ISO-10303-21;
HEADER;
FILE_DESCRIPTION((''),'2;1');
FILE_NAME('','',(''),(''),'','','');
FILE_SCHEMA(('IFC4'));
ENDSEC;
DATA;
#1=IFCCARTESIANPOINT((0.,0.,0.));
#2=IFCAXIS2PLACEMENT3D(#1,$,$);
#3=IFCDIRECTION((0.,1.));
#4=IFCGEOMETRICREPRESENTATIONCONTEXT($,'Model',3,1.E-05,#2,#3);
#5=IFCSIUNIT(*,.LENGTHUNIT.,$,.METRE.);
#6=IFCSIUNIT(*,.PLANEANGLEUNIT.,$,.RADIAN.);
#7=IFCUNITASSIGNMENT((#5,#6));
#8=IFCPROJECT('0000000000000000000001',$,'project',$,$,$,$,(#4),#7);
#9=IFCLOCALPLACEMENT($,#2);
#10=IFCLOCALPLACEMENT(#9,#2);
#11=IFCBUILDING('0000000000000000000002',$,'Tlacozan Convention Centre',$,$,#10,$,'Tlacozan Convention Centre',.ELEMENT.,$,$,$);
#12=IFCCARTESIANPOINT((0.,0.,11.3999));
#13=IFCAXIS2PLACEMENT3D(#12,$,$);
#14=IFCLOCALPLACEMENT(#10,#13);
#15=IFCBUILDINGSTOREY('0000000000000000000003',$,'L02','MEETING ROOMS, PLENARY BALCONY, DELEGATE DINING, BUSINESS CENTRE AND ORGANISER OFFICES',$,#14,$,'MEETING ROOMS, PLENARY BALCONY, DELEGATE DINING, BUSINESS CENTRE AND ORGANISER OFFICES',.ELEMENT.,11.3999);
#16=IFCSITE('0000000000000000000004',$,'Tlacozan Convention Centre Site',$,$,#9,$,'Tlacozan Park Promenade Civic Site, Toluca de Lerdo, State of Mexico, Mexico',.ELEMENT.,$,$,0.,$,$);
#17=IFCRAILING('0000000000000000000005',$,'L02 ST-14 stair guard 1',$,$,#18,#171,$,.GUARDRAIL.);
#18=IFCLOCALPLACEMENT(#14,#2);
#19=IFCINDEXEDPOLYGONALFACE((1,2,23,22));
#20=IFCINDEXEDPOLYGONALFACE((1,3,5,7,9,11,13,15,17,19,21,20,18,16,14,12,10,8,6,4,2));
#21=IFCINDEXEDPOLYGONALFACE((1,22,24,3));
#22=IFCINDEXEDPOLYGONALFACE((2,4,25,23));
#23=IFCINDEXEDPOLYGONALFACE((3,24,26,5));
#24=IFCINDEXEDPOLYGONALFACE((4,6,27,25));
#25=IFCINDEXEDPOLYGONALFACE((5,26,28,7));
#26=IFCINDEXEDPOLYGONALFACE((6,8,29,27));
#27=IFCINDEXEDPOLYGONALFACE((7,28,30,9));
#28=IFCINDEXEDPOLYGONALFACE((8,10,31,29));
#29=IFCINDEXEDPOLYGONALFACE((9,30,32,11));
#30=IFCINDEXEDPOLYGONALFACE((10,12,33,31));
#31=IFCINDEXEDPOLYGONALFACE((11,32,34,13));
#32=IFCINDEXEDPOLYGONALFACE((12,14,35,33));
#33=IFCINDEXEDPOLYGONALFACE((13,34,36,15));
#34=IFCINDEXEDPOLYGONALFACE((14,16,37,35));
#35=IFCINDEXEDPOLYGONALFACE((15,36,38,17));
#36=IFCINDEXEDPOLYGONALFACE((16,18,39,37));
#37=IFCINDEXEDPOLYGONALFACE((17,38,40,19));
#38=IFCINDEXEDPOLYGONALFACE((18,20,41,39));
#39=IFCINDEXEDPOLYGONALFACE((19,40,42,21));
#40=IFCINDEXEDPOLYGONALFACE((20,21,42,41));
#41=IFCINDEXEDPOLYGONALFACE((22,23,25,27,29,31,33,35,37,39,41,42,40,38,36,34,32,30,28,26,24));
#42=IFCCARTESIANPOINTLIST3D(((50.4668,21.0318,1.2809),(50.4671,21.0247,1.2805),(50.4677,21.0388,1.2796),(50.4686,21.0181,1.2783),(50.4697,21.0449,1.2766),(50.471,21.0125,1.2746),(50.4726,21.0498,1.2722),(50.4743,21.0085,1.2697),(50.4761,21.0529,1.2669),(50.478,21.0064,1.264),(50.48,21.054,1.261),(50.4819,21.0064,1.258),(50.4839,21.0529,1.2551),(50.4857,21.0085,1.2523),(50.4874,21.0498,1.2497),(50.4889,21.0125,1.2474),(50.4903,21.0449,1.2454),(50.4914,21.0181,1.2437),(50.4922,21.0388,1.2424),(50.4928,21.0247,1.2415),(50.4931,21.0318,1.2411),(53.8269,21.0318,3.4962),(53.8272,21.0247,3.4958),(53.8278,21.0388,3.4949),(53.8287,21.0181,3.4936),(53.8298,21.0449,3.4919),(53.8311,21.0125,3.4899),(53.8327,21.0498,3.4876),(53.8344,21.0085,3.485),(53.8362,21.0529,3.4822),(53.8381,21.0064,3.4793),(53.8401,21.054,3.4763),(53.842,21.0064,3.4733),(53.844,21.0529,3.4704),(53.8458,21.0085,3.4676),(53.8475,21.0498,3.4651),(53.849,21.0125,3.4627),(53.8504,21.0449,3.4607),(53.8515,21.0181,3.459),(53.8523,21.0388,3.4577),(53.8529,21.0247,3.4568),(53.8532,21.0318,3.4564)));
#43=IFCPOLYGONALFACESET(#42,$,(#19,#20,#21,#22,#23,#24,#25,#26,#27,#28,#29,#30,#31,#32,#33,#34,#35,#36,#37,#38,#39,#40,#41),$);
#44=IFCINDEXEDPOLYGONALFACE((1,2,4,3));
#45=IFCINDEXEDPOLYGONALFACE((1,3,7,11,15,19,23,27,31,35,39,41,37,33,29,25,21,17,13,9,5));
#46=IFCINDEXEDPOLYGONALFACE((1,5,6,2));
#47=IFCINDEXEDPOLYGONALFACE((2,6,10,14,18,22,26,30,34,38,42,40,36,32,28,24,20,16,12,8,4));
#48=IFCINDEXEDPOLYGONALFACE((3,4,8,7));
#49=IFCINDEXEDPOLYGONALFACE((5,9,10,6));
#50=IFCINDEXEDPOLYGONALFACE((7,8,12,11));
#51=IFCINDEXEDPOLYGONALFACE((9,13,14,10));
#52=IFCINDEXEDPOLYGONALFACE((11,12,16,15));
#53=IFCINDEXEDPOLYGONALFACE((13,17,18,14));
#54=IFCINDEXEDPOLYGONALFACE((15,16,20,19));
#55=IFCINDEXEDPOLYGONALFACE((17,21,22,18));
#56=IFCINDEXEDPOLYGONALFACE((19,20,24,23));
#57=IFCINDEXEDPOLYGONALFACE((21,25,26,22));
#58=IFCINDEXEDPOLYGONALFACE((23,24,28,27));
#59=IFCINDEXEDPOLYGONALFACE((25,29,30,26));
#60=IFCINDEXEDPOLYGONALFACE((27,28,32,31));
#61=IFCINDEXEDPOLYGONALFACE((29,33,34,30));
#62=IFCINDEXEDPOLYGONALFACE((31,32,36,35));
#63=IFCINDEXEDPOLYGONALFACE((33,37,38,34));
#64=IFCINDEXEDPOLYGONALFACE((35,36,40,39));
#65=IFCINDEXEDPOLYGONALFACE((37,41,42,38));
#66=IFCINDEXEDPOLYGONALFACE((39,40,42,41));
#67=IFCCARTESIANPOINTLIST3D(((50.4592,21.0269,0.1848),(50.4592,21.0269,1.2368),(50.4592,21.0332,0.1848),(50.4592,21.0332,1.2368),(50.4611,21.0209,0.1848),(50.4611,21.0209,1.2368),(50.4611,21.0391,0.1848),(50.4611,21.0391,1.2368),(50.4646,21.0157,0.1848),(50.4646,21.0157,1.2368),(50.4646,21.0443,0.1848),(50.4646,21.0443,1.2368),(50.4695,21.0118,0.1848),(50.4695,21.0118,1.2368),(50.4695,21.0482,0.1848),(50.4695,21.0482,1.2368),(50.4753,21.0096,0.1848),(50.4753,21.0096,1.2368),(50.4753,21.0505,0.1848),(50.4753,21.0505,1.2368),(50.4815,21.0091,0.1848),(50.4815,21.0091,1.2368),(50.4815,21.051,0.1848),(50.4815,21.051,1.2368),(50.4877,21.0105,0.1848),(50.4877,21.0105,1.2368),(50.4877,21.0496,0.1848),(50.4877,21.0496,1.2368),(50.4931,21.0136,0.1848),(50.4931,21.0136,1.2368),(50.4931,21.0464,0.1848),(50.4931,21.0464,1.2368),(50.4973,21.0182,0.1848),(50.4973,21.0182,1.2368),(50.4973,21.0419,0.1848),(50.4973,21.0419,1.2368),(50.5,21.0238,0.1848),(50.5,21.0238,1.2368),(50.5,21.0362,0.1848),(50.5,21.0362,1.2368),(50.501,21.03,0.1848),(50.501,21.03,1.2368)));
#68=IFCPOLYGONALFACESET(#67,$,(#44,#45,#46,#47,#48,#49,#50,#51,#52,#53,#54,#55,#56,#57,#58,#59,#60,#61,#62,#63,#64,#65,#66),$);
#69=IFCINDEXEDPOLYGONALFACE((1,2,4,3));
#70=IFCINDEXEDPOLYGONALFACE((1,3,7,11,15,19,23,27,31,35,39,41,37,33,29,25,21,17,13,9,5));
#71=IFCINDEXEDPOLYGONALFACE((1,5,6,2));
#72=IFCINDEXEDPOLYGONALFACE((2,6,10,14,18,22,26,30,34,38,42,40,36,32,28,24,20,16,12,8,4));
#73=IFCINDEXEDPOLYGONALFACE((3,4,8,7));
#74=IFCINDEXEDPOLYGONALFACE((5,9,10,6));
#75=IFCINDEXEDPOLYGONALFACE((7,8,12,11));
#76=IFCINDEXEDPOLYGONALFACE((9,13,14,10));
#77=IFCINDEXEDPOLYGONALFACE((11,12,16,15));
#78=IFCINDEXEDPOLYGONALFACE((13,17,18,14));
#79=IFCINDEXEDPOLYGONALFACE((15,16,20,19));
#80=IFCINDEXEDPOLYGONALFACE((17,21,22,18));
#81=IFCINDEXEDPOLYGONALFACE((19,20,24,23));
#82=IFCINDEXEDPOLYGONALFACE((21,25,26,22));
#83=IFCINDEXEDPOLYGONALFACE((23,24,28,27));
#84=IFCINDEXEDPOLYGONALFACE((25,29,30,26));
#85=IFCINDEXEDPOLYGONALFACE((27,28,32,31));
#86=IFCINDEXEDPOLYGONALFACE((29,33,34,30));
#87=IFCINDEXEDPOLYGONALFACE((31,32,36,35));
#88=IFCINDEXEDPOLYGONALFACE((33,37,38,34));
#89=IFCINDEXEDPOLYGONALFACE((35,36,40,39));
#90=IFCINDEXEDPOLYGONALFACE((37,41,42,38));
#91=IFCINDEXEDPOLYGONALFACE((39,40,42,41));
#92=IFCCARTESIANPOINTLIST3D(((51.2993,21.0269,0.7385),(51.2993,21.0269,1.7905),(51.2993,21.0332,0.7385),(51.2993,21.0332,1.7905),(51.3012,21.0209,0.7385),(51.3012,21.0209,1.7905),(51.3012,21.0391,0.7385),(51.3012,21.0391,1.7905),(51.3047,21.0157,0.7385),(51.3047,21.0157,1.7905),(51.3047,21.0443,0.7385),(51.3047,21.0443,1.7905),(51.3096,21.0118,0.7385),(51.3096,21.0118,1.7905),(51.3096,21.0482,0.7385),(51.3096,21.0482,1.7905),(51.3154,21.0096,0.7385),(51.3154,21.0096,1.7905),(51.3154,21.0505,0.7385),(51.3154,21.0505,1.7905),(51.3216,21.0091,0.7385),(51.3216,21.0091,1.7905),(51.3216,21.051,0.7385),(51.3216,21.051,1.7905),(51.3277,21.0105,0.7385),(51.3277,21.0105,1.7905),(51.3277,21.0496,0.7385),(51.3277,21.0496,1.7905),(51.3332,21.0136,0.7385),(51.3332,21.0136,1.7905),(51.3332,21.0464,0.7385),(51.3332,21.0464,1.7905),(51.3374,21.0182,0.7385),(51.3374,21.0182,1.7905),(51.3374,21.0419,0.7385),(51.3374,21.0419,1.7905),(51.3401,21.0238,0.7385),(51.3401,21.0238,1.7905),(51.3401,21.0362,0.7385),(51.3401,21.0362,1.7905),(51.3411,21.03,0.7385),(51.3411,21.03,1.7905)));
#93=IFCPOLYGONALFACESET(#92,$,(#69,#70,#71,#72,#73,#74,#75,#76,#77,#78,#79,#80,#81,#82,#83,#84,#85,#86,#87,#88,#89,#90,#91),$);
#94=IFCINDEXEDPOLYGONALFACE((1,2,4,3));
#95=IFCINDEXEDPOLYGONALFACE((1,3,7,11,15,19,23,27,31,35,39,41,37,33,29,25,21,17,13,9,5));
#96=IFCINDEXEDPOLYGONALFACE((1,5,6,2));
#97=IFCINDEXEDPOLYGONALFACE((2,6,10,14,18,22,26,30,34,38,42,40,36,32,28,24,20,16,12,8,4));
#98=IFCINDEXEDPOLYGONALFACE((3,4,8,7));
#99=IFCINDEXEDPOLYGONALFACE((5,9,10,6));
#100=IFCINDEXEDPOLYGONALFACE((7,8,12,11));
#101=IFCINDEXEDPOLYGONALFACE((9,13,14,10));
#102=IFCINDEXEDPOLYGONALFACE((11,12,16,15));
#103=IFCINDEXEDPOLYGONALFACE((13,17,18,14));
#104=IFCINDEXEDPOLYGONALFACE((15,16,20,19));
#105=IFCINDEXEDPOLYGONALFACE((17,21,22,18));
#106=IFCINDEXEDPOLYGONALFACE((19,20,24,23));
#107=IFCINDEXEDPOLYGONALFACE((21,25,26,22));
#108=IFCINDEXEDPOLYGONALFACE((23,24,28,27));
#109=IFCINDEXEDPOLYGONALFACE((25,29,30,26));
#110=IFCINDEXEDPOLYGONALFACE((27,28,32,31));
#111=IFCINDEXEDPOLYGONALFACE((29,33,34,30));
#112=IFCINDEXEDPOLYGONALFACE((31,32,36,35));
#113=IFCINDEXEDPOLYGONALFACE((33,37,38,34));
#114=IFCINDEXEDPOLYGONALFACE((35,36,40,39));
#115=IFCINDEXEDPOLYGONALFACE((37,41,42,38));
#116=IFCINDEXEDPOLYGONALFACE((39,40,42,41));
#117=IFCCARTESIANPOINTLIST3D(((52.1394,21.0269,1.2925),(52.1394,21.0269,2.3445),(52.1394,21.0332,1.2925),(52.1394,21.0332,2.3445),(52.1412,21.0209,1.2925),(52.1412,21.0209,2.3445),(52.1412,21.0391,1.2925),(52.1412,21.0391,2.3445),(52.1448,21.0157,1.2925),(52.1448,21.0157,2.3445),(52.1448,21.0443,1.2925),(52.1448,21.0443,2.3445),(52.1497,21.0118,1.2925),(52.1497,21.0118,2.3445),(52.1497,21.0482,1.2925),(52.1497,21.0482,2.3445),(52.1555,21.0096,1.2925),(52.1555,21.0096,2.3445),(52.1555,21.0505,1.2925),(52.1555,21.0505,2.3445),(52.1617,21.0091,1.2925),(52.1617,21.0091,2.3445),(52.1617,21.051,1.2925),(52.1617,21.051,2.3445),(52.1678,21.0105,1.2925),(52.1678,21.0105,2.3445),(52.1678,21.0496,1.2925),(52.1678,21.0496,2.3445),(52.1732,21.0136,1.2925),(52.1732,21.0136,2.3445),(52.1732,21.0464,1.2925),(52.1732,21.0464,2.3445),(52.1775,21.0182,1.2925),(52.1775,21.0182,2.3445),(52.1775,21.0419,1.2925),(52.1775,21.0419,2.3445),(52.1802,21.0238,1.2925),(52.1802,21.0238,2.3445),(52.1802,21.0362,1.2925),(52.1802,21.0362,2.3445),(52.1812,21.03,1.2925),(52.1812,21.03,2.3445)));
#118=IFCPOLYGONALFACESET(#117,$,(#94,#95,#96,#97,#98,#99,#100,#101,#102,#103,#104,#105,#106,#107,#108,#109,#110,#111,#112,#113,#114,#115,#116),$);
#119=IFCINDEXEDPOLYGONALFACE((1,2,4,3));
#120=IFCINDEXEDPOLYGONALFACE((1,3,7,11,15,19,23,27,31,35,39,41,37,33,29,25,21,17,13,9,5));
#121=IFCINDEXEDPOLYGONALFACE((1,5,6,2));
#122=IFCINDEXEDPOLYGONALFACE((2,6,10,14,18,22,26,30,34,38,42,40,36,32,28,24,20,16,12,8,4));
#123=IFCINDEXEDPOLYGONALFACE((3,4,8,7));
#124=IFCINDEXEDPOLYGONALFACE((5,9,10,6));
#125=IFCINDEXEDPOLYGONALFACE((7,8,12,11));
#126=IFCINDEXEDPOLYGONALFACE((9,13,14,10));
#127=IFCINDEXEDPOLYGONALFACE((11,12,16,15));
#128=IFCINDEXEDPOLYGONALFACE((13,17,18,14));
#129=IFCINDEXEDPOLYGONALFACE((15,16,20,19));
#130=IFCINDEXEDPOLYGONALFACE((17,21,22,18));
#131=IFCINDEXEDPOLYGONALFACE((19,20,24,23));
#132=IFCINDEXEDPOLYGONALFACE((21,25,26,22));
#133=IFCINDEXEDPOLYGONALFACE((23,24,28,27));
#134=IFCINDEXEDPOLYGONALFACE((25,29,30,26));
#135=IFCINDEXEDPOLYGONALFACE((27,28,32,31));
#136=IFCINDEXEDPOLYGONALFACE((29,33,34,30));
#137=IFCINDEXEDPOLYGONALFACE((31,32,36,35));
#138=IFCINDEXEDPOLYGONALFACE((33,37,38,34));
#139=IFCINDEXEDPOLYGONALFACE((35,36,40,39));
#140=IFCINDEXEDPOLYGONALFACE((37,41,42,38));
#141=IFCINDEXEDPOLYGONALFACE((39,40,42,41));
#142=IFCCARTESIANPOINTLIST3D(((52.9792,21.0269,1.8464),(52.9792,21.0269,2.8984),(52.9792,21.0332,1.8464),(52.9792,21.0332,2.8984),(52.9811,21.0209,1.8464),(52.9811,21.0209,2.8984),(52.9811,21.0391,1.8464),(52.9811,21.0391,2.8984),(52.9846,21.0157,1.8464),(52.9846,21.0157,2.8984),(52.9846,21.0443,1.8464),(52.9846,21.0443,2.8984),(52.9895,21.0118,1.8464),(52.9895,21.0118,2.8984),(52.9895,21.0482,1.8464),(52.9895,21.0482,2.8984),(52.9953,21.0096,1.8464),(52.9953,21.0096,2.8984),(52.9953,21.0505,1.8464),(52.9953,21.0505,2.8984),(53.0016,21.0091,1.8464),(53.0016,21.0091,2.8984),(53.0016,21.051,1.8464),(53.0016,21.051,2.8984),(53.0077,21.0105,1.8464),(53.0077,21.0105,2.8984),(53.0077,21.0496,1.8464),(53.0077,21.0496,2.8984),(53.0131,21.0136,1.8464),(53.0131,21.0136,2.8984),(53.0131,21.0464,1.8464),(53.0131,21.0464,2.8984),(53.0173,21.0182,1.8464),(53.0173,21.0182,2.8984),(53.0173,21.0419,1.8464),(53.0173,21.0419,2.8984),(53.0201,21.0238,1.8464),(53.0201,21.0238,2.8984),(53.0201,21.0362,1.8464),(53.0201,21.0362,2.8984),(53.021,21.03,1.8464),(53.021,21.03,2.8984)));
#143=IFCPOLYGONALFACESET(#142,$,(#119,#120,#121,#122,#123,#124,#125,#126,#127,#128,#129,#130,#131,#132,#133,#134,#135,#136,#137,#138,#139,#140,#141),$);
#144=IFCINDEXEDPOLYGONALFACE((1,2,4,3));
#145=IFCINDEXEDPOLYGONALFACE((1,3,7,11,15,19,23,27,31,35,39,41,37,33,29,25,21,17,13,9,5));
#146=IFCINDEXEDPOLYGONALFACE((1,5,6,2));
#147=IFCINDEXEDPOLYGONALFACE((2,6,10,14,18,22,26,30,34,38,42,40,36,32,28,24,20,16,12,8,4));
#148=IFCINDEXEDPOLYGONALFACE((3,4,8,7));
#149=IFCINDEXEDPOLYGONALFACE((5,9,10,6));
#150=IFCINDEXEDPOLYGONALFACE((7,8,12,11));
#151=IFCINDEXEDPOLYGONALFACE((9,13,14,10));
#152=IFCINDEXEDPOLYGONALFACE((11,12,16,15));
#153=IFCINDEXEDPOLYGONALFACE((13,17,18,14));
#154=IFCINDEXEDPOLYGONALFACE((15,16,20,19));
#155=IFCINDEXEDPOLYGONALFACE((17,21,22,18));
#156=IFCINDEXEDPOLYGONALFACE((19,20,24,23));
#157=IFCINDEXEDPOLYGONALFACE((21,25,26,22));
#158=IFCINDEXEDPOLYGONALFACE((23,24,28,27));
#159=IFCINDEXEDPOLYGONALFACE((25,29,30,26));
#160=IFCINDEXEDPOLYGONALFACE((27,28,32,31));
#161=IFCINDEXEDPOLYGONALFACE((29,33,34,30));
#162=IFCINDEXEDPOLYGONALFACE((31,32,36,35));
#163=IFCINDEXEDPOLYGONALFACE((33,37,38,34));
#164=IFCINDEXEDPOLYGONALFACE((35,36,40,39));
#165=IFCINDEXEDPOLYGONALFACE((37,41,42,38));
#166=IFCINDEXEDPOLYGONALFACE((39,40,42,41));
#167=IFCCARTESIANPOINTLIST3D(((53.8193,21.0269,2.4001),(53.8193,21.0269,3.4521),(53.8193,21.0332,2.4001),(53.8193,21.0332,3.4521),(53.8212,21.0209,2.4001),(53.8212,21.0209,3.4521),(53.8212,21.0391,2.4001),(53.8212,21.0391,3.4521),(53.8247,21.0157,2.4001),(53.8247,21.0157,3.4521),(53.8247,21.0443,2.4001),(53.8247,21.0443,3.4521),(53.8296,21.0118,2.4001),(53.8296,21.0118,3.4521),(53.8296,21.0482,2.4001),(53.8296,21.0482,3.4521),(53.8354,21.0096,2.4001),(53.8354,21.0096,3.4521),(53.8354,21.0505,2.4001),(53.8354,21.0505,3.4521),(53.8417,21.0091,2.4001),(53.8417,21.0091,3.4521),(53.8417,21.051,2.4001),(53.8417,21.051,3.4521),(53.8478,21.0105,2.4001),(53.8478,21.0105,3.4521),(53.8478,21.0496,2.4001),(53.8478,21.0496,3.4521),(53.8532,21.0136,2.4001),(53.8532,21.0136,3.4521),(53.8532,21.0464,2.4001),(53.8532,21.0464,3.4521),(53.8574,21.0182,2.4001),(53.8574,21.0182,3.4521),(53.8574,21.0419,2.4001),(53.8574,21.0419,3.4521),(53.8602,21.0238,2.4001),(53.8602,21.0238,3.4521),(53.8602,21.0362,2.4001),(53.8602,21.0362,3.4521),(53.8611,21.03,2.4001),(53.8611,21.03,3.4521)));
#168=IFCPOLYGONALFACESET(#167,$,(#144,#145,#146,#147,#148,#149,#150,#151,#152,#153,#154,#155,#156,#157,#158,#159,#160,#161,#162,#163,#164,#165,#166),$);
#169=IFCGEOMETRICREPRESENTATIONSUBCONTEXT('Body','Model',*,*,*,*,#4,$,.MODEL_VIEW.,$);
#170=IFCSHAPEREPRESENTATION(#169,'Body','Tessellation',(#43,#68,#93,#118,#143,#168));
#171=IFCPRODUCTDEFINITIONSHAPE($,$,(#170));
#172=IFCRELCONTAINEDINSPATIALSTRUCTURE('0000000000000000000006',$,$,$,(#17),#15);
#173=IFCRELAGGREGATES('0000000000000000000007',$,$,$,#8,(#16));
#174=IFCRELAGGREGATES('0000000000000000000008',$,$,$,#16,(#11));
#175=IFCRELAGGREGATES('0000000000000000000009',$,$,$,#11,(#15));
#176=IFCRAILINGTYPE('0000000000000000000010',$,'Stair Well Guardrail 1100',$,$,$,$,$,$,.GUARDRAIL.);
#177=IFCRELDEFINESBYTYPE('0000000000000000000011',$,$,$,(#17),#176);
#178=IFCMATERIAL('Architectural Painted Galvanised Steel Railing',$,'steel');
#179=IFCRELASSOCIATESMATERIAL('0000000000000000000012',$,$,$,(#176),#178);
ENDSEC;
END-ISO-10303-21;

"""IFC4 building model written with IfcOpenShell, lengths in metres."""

from ifc_helpers import new_model, si_unit, direction, frame, origin, origin_2d, place, context, subcontext, project, spatial, circle, extrude, material, type_object, element, save


model = new_model("IFC4")

# Units and contexts
model_context = context("Model", 3, precision=1e-05, world=origin(), true_north=direction((0.0, 1.0)))
body_context = subcontext(model_context, "Body", "Model", "MODEL_VIEW")
ifc_project = project(units=[si_unit("LENGTHUNIT", "METRE"), si_unit("PLANEANGLEUNIT", "RADIAN")], contexts=[model_context])

# Site, building, storey
site_placement = place(None, origin())
site = spatial("IfcSite", under=ifc_project, at=site_placement, Name="Tlacozan Convention Centre Site", LongName="Tlacozan Park Promenade Civic Site, Toluca de Lerdo, State of Mexico, Mexico", CompositionType="ELEMENT", RefElevation=0.0)
building_placement = place(site_placement, origin())
building = spatial("IfcBuilding", under=site, at=building_placement, Name="Tlacozan Convention Centre", LongName="Tlacozan Convention Centre", CompositionType="ELEMENT")
storey_placement = place(building_placement, frame((0.0, 0.0, 11.3999)))
storey = spatial("IfcBuildingStorey", under=building, at=storey_placement, Name="L02", Description="MEETING ROOMS, PLENARY BALCONY, DELEGATE DINING, BUSINESS CENTRE AND ORGANISER OFFICES", LongName="MEETING ROOMS, PLENARY BALCONY, DELEGATE DINING, BUSINESS CENTRE AND ORGANISER OFFICES", CompositionType="ELEMENT", Elevation=11.3999)

# Railing
ifc_material_1 = material(Name="Architectural Painted Galvanised Steel Railing", Category="steel")
railing_type_1 = type_object("IfcRailingType", Name="Stair Well Guardrail 1100", PredefinedType="GUARDRAIL", material=ifc_material_1)
railing_1_placement = place(storey_placement, frame((50.48, 21.03, 0.1848)))
element("IfcRailing", 1, at=railing_1_placement, inside=storey, type_object=railing_type_1, Name="L02 ST-14 stair guard 1", PredefinedType="GUARDRAIL", context=body_context, shape_type="SweptSolid", body=[
    extrude(circle(Radius=0.0239, at=origin_2d()), frame((0.0, 0.0, 1.0762), z_axis=(0.834876, 0.0, 0.550437), x_axis=(0.0, 1.0, 0.0)), (0.0, 0.0, 1.0), 4.0247),
    extrude(circle(Radius=0.021, at=origin_2d()), origin(), (0.0, 0.0, 1.0), 1.052),
    extrude(circle(Radius=0.021, at=origin_2d()), frame((0.8401, 0.0, 0.5537)), (0.0, 0.0, 1.0), 1.052),
    extrude(circle(Radius=0.021, at=origin_2d()), frame((1.6802, 0.0, 1.1077)), (0.0, 0.0, 1.0), 1.052),
    extrude(circle(Radius=0.021, at=origin_2d()), frame((2.52, 0.0, 1.6616)), (0.0, 0.0, 1.0), 1.052),
    extrude(circle(Radius=0.021, at=origin_2d()), frame((3.3601, 0.0, 2.2153)), (0.0, 0.0, 1.0), 1.052),
])

save(model, "model.ifc")
